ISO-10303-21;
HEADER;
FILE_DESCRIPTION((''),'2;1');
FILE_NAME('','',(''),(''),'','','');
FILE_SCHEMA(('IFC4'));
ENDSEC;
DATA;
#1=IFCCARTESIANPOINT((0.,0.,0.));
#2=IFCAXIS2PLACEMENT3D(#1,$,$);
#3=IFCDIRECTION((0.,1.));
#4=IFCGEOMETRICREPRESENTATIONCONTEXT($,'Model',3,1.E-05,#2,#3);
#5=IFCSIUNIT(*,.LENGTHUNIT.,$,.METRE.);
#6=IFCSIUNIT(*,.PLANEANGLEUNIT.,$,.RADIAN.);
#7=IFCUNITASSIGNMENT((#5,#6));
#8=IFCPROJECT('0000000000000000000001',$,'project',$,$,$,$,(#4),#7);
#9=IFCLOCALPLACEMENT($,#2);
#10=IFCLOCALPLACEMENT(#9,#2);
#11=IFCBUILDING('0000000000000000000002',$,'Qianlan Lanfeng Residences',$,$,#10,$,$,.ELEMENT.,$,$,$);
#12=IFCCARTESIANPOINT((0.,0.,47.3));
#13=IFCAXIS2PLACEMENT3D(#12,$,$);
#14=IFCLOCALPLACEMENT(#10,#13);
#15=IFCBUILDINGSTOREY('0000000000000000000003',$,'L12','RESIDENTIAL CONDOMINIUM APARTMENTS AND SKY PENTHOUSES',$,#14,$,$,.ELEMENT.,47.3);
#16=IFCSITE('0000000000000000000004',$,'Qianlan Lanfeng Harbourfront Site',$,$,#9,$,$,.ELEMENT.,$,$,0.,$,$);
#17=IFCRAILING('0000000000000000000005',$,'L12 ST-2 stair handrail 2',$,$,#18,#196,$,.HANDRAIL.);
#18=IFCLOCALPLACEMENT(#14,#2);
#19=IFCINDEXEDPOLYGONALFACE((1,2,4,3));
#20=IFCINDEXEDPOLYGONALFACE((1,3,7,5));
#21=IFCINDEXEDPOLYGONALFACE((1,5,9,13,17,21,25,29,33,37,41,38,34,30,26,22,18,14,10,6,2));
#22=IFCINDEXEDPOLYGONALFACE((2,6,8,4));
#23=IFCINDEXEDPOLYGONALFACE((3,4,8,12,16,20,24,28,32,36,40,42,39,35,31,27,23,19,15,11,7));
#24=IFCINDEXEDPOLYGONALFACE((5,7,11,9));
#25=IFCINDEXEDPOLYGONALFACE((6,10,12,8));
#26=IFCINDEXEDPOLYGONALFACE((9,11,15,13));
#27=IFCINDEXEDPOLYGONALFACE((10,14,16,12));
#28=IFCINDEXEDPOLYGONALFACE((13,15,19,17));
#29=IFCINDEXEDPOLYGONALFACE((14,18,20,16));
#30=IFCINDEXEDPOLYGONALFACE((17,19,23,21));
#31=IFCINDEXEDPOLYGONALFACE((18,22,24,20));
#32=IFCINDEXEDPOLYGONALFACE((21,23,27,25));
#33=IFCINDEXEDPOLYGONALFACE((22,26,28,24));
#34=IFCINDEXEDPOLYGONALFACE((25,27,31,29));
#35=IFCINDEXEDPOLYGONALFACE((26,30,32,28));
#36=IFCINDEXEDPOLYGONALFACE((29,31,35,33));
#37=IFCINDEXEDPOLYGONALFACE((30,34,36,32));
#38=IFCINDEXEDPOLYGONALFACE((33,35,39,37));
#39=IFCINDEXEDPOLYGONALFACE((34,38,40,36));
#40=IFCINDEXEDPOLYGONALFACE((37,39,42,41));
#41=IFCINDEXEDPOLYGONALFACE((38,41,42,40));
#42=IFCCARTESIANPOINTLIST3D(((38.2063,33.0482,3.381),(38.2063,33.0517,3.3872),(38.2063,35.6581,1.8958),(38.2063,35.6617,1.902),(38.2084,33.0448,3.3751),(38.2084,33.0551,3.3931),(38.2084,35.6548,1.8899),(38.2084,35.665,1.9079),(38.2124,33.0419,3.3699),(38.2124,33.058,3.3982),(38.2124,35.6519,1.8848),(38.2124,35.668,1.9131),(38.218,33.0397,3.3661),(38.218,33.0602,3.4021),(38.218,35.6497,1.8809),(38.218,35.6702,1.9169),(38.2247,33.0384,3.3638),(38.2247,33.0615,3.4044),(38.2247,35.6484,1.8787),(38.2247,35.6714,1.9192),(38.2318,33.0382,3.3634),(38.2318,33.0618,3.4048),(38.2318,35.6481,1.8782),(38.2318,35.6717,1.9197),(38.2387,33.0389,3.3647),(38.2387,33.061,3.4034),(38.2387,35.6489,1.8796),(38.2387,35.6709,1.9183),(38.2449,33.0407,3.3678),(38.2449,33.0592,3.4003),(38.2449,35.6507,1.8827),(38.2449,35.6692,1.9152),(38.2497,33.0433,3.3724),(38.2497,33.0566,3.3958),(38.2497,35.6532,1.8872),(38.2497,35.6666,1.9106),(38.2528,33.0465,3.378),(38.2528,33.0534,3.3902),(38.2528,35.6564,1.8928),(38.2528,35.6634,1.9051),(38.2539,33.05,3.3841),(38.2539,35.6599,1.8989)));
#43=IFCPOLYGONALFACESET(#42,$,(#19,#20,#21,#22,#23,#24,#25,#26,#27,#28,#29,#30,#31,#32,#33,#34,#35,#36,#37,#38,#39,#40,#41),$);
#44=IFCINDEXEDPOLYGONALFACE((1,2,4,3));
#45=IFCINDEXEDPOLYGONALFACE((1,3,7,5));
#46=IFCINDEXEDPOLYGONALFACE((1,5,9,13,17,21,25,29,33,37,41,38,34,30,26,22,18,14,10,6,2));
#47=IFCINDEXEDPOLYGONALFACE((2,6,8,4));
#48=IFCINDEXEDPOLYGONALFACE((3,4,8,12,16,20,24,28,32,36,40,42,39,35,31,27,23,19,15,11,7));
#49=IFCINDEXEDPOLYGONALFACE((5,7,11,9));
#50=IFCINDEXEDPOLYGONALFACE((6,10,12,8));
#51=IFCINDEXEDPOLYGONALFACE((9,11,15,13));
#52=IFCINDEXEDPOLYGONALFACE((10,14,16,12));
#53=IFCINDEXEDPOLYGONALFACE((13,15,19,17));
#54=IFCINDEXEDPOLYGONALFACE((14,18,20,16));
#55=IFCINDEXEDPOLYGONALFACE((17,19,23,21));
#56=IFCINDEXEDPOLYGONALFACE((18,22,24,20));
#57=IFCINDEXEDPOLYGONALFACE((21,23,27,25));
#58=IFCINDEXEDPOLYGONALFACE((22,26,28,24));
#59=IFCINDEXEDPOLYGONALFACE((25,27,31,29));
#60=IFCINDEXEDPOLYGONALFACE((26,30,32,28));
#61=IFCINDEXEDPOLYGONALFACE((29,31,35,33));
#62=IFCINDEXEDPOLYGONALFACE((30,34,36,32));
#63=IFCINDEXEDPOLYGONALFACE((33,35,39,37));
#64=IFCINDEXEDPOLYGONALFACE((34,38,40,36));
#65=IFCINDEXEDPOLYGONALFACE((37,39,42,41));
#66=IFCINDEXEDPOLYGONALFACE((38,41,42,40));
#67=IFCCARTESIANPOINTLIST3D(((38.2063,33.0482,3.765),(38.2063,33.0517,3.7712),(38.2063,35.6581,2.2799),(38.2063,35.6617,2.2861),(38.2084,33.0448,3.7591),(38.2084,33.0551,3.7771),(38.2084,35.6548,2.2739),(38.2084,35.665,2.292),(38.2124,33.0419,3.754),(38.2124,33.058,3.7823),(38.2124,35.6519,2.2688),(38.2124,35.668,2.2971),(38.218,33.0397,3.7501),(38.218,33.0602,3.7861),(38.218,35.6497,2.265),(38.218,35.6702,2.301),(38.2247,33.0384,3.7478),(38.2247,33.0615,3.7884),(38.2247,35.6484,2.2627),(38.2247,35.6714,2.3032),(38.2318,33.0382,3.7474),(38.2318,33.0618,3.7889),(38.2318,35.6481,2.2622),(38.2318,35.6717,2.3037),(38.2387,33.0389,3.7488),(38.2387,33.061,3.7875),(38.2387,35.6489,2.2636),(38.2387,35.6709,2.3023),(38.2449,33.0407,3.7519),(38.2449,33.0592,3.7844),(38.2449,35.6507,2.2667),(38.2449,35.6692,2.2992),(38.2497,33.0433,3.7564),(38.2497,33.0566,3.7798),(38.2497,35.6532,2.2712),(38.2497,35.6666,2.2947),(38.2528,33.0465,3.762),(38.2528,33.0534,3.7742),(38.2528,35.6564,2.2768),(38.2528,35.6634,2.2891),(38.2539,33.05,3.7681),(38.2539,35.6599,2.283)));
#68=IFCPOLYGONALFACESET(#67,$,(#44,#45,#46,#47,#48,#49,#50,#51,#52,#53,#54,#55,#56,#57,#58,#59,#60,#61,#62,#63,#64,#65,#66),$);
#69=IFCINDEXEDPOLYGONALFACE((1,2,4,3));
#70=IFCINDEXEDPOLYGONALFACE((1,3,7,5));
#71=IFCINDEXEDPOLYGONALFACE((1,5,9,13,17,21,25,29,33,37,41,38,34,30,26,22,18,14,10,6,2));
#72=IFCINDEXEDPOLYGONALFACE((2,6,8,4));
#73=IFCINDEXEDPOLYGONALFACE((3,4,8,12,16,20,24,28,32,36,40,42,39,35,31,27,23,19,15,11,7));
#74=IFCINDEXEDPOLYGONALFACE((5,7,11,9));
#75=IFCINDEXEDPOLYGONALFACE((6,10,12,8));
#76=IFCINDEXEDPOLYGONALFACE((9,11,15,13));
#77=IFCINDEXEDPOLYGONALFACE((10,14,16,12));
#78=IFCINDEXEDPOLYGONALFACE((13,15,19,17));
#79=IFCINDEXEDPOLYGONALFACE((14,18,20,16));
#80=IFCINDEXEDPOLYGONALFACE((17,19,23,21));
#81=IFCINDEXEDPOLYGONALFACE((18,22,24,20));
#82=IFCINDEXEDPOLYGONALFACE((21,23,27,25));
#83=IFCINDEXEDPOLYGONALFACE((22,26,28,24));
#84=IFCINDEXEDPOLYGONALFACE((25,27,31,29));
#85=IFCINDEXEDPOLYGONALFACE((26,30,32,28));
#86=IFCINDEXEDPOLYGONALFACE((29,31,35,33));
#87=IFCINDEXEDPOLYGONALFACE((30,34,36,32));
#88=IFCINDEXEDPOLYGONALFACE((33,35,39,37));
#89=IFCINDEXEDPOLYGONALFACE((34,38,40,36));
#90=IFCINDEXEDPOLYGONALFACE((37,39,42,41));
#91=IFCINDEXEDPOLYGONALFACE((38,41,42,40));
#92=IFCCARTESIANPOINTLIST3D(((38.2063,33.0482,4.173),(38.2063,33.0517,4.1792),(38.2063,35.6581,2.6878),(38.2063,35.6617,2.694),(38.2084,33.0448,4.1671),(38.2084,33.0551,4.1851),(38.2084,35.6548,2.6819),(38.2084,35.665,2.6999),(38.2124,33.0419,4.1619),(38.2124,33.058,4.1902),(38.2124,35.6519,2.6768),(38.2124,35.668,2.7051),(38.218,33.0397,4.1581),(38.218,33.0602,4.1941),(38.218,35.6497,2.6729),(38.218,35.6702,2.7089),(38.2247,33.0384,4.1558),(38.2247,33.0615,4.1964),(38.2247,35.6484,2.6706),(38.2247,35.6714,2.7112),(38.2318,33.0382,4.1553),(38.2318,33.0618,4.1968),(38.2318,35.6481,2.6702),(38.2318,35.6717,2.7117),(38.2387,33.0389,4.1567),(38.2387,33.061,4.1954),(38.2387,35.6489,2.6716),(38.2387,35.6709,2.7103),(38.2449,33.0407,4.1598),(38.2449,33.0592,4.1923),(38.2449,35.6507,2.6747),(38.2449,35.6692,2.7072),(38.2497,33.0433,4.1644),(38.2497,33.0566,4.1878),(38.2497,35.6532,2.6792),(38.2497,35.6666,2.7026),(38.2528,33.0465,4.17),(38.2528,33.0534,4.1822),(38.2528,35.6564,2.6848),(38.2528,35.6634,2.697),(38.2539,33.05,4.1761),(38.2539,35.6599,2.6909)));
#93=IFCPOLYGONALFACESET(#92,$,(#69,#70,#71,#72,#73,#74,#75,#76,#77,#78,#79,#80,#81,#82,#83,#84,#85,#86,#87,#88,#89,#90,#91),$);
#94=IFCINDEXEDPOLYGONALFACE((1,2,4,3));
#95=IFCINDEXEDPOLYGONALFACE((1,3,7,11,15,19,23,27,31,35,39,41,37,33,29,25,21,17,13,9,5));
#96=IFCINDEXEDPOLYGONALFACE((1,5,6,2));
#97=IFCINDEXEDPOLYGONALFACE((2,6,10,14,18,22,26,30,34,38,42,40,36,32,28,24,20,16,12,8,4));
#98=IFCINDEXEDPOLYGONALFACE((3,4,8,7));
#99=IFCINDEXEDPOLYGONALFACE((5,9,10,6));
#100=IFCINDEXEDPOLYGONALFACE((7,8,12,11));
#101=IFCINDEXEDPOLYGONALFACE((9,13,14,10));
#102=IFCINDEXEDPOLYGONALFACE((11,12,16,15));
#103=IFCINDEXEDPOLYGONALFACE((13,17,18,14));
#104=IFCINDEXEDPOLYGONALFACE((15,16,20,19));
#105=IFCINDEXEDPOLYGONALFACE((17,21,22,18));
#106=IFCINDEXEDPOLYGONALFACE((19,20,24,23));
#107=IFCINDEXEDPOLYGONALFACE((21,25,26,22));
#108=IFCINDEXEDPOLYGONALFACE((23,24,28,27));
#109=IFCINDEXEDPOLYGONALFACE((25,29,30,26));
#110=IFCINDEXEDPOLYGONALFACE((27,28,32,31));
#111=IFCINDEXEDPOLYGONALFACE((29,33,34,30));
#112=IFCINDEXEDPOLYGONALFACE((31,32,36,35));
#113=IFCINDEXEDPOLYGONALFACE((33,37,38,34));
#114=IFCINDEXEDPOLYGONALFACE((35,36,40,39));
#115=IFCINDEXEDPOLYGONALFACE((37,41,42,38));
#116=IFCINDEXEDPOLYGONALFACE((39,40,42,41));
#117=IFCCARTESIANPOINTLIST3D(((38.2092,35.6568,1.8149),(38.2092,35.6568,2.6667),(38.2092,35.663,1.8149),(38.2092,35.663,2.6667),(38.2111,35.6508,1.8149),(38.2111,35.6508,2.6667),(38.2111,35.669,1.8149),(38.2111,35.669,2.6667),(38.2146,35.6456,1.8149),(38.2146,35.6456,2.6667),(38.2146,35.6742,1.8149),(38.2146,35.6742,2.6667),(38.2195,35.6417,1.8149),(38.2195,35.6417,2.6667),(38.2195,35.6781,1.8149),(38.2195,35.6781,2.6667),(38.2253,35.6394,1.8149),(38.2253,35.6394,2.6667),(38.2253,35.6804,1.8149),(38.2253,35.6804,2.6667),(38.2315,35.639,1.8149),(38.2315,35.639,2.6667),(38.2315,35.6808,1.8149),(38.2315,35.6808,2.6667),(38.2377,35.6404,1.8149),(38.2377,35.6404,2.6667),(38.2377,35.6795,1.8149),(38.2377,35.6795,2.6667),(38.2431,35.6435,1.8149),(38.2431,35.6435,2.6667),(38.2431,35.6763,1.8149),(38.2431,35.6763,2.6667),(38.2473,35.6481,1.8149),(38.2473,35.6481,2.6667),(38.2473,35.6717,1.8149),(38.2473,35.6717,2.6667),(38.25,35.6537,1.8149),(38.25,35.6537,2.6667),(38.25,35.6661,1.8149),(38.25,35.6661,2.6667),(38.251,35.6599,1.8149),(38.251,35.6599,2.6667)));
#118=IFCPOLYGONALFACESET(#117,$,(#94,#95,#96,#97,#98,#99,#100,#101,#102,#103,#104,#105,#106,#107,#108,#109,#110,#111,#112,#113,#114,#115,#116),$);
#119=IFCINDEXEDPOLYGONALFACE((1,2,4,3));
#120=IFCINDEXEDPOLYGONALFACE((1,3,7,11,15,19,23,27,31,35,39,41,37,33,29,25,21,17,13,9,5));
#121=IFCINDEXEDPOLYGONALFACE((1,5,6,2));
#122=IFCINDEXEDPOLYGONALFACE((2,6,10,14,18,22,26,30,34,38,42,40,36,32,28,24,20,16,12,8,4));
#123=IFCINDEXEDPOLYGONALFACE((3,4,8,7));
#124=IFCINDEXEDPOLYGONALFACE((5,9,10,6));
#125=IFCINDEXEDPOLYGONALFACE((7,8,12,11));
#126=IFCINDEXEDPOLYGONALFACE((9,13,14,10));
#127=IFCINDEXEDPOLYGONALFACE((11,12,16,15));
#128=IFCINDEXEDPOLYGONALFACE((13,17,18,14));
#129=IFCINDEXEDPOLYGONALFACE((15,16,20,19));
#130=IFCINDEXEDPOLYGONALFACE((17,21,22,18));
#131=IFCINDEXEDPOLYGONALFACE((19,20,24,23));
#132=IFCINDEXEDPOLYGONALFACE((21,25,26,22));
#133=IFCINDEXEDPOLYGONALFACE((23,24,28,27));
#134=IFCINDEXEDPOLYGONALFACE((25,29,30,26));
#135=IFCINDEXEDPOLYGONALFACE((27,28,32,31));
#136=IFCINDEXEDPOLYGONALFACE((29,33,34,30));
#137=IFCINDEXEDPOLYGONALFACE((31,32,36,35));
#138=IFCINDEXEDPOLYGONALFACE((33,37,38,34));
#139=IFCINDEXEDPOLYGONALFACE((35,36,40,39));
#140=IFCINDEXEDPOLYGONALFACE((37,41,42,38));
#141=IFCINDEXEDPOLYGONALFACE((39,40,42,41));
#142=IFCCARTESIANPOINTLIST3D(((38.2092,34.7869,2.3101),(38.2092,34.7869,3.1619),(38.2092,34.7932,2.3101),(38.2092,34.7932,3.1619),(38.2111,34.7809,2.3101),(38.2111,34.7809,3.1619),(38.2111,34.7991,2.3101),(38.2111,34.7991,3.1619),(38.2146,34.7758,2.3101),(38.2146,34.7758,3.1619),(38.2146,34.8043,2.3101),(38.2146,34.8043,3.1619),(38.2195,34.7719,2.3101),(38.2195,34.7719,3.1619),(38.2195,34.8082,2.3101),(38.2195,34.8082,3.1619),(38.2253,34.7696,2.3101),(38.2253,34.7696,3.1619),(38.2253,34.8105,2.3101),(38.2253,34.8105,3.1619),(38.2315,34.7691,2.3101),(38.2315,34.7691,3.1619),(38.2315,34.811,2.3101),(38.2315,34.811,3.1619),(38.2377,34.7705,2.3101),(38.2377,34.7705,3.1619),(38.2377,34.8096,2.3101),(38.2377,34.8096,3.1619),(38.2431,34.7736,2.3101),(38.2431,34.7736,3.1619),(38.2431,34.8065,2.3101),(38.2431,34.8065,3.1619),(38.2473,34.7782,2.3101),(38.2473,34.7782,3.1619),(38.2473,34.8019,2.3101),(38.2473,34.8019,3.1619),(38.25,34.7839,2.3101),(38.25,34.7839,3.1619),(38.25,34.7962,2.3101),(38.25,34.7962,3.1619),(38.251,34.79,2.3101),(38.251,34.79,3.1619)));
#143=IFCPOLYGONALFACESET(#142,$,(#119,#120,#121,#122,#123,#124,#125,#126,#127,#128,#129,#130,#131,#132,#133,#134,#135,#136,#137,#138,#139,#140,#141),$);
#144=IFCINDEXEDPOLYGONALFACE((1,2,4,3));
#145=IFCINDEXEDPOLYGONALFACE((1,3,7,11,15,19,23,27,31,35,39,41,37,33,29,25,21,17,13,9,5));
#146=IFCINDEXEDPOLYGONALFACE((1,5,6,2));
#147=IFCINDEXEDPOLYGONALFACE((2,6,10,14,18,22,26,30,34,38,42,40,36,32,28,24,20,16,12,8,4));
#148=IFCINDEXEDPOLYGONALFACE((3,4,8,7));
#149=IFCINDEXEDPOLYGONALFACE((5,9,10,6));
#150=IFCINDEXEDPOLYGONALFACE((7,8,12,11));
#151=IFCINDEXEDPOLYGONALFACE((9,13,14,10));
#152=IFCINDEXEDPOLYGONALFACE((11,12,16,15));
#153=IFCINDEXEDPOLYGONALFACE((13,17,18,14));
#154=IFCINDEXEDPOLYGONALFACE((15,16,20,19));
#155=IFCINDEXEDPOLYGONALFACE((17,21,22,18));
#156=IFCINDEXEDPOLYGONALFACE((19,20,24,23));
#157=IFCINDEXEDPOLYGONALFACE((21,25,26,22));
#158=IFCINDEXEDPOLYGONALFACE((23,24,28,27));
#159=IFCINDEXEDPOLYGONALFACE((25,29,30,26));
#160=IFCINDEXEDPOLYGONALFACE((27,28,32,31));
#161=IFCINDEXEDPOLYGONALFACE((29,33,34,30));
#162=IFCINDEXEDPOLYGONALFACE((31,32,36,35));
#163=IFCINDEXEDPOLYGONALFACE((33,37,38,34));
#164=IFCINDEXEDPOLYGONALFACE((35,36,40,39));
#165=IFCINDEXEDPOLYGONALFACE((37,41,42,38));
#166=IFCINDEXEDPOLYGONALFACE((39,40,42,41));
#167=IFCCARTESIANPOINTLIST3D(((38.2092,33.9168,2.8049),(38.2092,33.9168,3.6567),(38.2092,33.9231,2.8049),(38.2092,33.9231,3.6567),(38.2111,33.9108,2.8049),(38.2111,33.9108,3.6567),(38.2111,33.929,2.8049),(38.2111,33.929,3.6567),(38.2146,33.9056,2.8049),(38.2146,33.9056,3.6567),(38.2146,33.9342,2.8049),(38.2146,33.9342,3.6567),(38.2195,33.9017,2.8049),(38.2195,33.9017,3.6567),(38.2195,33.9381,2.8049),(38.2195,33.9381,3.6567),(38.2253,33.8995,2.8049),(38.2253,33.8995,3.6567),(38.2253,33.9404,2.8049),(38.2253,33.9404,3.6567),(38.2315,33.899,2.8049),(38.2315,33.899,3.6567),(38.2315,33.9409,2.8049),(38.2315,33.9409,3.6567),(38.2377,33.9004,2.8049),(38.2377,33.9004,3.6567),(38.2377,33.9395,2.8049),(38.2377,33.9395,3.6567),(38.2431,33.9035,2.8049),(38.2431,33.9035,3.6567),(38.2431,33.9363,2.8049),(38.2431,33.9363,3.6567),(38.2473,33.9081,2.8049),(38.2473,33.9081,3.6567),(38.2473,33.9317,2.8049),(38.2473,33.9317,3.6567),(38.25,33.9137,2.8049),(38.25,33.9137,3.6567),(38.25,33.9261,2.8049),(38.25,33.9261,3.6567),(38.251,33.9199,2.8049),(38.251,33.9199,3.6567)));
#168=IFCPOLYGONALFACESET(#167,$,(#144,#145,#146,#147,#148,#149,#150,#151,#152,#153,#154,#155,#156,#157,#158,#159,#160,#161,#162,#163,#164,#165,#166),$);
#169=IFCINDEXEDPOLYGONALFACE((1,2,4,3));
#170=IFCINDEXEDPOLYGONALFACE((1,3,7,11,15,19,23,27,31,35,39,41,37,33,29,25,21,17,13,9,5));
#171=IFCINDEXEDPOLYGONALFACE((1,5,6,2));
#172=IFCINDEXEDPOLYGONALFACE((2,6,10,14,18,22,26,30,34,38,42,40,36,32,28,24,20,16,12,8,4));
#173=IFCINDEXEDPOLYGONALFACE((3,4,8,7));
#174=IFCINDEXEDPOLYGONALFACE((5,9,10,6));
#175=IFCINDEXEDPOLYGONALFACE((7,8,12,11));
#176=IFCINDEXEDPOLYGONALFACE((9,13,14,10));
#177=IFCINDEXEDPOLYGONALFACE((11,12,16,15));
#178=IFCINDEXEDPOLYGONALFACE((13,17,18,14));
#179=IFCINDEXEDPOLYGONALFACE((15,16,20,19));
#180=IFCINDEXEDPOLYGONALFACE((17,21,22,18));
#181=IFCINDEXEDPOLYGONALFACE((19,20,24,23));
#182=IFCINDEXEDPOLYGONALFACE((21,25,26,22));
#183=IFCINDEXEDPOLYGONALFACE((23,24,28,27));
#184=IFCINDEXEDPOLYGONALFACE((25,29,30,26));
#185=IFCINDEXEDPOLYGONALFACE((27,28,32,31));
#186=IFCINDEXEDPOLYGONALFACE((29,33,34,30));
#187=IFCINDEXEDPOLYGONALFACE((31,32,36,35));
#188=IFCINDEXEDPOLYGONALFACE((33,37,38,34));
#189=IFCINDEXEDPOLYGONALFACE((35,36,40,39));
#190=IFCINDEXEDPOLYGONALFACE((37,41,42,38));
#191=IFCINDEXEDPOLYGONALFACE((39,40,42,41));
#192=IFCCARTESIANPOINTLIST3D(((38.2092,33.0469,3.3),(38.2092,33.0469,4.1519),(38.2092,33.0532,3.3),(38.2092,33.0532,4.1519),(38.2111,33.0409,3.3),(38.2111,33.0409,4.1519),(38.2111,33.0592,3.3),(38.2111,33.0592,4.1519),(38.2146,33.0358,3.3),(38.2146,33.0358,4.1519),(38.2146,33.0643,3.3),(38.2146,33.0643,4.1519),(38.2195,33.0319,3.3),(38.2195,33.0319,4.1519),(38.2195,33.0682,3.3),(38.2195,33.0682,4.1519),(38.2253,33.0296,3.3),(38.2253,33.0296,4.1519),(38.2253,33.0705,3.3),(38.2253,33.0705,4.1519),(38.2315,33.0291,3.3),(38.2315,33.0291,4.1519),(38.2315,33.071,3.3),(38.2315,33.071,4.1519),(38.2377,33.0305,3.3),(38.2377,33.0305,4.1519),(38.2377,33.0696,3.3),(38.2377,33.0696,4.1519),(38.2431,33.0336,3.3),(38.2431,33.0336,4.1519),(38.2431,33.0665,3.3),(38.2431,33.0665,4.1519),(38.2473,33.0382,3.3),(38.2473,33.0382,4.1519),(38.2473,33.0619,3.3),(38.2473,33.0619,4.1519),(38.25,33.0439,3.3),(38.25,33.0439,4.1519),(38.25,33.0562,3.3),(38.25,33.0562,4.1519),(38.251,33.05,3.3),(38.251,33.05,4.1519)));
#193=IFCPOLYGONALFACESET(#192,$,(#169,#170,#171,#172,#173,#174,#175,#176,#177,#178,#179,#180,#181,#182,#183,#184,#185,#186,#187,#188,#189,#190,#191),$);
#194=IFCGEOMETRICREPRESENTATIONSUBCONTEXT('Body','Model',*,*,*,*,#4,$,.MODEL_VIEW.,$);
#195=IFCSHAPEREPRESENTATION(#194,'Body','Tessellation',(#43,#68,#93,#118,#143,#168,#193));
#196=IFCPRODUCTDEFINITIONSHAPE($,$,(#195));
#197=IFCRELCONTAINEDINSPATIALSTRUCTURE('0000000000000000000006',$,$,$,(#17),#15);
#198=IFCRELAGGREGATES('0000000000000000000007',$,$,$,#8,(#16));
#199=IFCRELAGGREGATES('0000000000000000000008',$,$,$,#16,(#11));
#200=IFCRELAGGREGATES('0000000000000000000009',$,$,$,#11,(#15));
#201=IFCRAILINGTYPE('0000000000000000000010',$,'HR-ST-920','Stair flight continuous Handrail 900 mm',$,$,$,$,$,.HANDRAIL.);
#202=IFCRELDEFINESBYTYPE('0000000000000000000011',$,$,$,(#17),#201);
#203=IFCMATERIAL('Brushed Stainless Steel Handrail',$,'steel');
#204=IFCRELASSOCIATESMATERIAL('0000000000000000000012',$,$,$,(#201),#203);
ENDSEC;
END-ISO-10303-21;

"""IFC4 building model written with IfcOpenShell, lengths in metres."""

from ifc_helpers import new_model, si_unit, direction, frame, origin, origin_2d, place, context, subcontext, project, spatial, circle, extrude, material, type_object, element, save


model = new_model("IFC4")

# Units and contexts
model_context = context("Model", 3, precision=1e-05, world=origin(), true_north=direction((0.0, 1.0)))
body_context = subcontext(model_context, "Body", "Model", "MODEL_VIEW")
ifc_project = project(units=[si_unit("LENGTHUNIT", "METRE"), si_unit("PLANEANGLEUNIT", "RADIAN")], contexts=[model_context])

# Site, building, storey
site_placement = place(None, origin())
site = spatial("IfcSite", under=ifc_project, at=site_placement, Name="Qianlan Lanfeng Harbourfront Site", CompositionType="ELEMENT", RefElevation=0.0)
building_placement = place(site_placement, origin())
building = spatial("IfcBuilding", under=site, at=building_placement, Name="Qianlan Lanfeng Residences", CompositionType="ELEMENT")
storey_placement = place(building_placement, frame((0.0, 0.0, 47.3)))
storey = spatial("IfcBuildingStorey", under=building, at=storey_placement, Name="L12", Description="RESIDENTIAL CONDOMINIUM APARTMENTS AND SKY PENTHOUSES", CompositionType="ELEMENT", Elevation=47.3)

# Railing
ifc_material_1 = material(Name="Brushed Stainless Steel Handrail", Category="steel")
railing_type = type_object("IfcRailingType", Name="HR-ST-920", Description="Stair flight continuous Handrail 900 mm", PredefinedType="HANDRAIL", material=ifc_material_1)
railing_placement = place(storey_placement, frame((38.23, 35.6599, 1.8149)))
element("IfcRailing", 1, at=railing_placement, inside=storey, type_object=railing_type, Name="L12 ST-2 stair handrail 2", PredefinedType="HANDRAIL", context=body_context, shape_type="SweptSolid", body=[
    extrude(circle(Radius=0.0239, at=origin_2d()), frame((0.0, 0.0, 0.084), z_axis=(0.0, -0.869137, 0.494571), x_axis=(1.0, 0.0, 0.0)), (0.0, 0.0, 1.0), 3.0029),
    extrude(circle(Radius=0.0239, at=origin_2d()), frame((0.0, 0.0, 0.468), z_axis=(0.0, -0.869137, 0.494571), x_axis=(1.0, 0.0, 0.0)), (0.0, 0.0, 1.0), 3.0029),
    extrude(circle(Radius=0.0239, at=origin_2d()), frame((0.0, 0.0, 0.876), z_axis=(0.0, -0.869137, 0.494571), x_axis=(1.0, 0.0, 0.0)), (0.0, 0.0, 1.0), 3.0029),
    extrude(circle(Radius=0.021, at=origin_2d()), origin(), (0.0, 0.0, 1.0), 0.8518),
    extrude(circle(Radius=0.021, at=origin_2d()), frame((0.0, -0.8699, 0.4951)), (0.0, 0.0, 1.0), 0.8518),
    extrude(circle(Radius=0.021, at=origin_2d()), frame((0.0, -1.74, 0.99)), (0.0, 0.0, 1.0), 0.8518),
    extrude(circle(Radius=0.021, at=origin_2d()), frame((0.0, -2.6099, 1.4851)), (0.0, 0.0, 1.0), 0.8518),
])

save(model, "model.ifc")
